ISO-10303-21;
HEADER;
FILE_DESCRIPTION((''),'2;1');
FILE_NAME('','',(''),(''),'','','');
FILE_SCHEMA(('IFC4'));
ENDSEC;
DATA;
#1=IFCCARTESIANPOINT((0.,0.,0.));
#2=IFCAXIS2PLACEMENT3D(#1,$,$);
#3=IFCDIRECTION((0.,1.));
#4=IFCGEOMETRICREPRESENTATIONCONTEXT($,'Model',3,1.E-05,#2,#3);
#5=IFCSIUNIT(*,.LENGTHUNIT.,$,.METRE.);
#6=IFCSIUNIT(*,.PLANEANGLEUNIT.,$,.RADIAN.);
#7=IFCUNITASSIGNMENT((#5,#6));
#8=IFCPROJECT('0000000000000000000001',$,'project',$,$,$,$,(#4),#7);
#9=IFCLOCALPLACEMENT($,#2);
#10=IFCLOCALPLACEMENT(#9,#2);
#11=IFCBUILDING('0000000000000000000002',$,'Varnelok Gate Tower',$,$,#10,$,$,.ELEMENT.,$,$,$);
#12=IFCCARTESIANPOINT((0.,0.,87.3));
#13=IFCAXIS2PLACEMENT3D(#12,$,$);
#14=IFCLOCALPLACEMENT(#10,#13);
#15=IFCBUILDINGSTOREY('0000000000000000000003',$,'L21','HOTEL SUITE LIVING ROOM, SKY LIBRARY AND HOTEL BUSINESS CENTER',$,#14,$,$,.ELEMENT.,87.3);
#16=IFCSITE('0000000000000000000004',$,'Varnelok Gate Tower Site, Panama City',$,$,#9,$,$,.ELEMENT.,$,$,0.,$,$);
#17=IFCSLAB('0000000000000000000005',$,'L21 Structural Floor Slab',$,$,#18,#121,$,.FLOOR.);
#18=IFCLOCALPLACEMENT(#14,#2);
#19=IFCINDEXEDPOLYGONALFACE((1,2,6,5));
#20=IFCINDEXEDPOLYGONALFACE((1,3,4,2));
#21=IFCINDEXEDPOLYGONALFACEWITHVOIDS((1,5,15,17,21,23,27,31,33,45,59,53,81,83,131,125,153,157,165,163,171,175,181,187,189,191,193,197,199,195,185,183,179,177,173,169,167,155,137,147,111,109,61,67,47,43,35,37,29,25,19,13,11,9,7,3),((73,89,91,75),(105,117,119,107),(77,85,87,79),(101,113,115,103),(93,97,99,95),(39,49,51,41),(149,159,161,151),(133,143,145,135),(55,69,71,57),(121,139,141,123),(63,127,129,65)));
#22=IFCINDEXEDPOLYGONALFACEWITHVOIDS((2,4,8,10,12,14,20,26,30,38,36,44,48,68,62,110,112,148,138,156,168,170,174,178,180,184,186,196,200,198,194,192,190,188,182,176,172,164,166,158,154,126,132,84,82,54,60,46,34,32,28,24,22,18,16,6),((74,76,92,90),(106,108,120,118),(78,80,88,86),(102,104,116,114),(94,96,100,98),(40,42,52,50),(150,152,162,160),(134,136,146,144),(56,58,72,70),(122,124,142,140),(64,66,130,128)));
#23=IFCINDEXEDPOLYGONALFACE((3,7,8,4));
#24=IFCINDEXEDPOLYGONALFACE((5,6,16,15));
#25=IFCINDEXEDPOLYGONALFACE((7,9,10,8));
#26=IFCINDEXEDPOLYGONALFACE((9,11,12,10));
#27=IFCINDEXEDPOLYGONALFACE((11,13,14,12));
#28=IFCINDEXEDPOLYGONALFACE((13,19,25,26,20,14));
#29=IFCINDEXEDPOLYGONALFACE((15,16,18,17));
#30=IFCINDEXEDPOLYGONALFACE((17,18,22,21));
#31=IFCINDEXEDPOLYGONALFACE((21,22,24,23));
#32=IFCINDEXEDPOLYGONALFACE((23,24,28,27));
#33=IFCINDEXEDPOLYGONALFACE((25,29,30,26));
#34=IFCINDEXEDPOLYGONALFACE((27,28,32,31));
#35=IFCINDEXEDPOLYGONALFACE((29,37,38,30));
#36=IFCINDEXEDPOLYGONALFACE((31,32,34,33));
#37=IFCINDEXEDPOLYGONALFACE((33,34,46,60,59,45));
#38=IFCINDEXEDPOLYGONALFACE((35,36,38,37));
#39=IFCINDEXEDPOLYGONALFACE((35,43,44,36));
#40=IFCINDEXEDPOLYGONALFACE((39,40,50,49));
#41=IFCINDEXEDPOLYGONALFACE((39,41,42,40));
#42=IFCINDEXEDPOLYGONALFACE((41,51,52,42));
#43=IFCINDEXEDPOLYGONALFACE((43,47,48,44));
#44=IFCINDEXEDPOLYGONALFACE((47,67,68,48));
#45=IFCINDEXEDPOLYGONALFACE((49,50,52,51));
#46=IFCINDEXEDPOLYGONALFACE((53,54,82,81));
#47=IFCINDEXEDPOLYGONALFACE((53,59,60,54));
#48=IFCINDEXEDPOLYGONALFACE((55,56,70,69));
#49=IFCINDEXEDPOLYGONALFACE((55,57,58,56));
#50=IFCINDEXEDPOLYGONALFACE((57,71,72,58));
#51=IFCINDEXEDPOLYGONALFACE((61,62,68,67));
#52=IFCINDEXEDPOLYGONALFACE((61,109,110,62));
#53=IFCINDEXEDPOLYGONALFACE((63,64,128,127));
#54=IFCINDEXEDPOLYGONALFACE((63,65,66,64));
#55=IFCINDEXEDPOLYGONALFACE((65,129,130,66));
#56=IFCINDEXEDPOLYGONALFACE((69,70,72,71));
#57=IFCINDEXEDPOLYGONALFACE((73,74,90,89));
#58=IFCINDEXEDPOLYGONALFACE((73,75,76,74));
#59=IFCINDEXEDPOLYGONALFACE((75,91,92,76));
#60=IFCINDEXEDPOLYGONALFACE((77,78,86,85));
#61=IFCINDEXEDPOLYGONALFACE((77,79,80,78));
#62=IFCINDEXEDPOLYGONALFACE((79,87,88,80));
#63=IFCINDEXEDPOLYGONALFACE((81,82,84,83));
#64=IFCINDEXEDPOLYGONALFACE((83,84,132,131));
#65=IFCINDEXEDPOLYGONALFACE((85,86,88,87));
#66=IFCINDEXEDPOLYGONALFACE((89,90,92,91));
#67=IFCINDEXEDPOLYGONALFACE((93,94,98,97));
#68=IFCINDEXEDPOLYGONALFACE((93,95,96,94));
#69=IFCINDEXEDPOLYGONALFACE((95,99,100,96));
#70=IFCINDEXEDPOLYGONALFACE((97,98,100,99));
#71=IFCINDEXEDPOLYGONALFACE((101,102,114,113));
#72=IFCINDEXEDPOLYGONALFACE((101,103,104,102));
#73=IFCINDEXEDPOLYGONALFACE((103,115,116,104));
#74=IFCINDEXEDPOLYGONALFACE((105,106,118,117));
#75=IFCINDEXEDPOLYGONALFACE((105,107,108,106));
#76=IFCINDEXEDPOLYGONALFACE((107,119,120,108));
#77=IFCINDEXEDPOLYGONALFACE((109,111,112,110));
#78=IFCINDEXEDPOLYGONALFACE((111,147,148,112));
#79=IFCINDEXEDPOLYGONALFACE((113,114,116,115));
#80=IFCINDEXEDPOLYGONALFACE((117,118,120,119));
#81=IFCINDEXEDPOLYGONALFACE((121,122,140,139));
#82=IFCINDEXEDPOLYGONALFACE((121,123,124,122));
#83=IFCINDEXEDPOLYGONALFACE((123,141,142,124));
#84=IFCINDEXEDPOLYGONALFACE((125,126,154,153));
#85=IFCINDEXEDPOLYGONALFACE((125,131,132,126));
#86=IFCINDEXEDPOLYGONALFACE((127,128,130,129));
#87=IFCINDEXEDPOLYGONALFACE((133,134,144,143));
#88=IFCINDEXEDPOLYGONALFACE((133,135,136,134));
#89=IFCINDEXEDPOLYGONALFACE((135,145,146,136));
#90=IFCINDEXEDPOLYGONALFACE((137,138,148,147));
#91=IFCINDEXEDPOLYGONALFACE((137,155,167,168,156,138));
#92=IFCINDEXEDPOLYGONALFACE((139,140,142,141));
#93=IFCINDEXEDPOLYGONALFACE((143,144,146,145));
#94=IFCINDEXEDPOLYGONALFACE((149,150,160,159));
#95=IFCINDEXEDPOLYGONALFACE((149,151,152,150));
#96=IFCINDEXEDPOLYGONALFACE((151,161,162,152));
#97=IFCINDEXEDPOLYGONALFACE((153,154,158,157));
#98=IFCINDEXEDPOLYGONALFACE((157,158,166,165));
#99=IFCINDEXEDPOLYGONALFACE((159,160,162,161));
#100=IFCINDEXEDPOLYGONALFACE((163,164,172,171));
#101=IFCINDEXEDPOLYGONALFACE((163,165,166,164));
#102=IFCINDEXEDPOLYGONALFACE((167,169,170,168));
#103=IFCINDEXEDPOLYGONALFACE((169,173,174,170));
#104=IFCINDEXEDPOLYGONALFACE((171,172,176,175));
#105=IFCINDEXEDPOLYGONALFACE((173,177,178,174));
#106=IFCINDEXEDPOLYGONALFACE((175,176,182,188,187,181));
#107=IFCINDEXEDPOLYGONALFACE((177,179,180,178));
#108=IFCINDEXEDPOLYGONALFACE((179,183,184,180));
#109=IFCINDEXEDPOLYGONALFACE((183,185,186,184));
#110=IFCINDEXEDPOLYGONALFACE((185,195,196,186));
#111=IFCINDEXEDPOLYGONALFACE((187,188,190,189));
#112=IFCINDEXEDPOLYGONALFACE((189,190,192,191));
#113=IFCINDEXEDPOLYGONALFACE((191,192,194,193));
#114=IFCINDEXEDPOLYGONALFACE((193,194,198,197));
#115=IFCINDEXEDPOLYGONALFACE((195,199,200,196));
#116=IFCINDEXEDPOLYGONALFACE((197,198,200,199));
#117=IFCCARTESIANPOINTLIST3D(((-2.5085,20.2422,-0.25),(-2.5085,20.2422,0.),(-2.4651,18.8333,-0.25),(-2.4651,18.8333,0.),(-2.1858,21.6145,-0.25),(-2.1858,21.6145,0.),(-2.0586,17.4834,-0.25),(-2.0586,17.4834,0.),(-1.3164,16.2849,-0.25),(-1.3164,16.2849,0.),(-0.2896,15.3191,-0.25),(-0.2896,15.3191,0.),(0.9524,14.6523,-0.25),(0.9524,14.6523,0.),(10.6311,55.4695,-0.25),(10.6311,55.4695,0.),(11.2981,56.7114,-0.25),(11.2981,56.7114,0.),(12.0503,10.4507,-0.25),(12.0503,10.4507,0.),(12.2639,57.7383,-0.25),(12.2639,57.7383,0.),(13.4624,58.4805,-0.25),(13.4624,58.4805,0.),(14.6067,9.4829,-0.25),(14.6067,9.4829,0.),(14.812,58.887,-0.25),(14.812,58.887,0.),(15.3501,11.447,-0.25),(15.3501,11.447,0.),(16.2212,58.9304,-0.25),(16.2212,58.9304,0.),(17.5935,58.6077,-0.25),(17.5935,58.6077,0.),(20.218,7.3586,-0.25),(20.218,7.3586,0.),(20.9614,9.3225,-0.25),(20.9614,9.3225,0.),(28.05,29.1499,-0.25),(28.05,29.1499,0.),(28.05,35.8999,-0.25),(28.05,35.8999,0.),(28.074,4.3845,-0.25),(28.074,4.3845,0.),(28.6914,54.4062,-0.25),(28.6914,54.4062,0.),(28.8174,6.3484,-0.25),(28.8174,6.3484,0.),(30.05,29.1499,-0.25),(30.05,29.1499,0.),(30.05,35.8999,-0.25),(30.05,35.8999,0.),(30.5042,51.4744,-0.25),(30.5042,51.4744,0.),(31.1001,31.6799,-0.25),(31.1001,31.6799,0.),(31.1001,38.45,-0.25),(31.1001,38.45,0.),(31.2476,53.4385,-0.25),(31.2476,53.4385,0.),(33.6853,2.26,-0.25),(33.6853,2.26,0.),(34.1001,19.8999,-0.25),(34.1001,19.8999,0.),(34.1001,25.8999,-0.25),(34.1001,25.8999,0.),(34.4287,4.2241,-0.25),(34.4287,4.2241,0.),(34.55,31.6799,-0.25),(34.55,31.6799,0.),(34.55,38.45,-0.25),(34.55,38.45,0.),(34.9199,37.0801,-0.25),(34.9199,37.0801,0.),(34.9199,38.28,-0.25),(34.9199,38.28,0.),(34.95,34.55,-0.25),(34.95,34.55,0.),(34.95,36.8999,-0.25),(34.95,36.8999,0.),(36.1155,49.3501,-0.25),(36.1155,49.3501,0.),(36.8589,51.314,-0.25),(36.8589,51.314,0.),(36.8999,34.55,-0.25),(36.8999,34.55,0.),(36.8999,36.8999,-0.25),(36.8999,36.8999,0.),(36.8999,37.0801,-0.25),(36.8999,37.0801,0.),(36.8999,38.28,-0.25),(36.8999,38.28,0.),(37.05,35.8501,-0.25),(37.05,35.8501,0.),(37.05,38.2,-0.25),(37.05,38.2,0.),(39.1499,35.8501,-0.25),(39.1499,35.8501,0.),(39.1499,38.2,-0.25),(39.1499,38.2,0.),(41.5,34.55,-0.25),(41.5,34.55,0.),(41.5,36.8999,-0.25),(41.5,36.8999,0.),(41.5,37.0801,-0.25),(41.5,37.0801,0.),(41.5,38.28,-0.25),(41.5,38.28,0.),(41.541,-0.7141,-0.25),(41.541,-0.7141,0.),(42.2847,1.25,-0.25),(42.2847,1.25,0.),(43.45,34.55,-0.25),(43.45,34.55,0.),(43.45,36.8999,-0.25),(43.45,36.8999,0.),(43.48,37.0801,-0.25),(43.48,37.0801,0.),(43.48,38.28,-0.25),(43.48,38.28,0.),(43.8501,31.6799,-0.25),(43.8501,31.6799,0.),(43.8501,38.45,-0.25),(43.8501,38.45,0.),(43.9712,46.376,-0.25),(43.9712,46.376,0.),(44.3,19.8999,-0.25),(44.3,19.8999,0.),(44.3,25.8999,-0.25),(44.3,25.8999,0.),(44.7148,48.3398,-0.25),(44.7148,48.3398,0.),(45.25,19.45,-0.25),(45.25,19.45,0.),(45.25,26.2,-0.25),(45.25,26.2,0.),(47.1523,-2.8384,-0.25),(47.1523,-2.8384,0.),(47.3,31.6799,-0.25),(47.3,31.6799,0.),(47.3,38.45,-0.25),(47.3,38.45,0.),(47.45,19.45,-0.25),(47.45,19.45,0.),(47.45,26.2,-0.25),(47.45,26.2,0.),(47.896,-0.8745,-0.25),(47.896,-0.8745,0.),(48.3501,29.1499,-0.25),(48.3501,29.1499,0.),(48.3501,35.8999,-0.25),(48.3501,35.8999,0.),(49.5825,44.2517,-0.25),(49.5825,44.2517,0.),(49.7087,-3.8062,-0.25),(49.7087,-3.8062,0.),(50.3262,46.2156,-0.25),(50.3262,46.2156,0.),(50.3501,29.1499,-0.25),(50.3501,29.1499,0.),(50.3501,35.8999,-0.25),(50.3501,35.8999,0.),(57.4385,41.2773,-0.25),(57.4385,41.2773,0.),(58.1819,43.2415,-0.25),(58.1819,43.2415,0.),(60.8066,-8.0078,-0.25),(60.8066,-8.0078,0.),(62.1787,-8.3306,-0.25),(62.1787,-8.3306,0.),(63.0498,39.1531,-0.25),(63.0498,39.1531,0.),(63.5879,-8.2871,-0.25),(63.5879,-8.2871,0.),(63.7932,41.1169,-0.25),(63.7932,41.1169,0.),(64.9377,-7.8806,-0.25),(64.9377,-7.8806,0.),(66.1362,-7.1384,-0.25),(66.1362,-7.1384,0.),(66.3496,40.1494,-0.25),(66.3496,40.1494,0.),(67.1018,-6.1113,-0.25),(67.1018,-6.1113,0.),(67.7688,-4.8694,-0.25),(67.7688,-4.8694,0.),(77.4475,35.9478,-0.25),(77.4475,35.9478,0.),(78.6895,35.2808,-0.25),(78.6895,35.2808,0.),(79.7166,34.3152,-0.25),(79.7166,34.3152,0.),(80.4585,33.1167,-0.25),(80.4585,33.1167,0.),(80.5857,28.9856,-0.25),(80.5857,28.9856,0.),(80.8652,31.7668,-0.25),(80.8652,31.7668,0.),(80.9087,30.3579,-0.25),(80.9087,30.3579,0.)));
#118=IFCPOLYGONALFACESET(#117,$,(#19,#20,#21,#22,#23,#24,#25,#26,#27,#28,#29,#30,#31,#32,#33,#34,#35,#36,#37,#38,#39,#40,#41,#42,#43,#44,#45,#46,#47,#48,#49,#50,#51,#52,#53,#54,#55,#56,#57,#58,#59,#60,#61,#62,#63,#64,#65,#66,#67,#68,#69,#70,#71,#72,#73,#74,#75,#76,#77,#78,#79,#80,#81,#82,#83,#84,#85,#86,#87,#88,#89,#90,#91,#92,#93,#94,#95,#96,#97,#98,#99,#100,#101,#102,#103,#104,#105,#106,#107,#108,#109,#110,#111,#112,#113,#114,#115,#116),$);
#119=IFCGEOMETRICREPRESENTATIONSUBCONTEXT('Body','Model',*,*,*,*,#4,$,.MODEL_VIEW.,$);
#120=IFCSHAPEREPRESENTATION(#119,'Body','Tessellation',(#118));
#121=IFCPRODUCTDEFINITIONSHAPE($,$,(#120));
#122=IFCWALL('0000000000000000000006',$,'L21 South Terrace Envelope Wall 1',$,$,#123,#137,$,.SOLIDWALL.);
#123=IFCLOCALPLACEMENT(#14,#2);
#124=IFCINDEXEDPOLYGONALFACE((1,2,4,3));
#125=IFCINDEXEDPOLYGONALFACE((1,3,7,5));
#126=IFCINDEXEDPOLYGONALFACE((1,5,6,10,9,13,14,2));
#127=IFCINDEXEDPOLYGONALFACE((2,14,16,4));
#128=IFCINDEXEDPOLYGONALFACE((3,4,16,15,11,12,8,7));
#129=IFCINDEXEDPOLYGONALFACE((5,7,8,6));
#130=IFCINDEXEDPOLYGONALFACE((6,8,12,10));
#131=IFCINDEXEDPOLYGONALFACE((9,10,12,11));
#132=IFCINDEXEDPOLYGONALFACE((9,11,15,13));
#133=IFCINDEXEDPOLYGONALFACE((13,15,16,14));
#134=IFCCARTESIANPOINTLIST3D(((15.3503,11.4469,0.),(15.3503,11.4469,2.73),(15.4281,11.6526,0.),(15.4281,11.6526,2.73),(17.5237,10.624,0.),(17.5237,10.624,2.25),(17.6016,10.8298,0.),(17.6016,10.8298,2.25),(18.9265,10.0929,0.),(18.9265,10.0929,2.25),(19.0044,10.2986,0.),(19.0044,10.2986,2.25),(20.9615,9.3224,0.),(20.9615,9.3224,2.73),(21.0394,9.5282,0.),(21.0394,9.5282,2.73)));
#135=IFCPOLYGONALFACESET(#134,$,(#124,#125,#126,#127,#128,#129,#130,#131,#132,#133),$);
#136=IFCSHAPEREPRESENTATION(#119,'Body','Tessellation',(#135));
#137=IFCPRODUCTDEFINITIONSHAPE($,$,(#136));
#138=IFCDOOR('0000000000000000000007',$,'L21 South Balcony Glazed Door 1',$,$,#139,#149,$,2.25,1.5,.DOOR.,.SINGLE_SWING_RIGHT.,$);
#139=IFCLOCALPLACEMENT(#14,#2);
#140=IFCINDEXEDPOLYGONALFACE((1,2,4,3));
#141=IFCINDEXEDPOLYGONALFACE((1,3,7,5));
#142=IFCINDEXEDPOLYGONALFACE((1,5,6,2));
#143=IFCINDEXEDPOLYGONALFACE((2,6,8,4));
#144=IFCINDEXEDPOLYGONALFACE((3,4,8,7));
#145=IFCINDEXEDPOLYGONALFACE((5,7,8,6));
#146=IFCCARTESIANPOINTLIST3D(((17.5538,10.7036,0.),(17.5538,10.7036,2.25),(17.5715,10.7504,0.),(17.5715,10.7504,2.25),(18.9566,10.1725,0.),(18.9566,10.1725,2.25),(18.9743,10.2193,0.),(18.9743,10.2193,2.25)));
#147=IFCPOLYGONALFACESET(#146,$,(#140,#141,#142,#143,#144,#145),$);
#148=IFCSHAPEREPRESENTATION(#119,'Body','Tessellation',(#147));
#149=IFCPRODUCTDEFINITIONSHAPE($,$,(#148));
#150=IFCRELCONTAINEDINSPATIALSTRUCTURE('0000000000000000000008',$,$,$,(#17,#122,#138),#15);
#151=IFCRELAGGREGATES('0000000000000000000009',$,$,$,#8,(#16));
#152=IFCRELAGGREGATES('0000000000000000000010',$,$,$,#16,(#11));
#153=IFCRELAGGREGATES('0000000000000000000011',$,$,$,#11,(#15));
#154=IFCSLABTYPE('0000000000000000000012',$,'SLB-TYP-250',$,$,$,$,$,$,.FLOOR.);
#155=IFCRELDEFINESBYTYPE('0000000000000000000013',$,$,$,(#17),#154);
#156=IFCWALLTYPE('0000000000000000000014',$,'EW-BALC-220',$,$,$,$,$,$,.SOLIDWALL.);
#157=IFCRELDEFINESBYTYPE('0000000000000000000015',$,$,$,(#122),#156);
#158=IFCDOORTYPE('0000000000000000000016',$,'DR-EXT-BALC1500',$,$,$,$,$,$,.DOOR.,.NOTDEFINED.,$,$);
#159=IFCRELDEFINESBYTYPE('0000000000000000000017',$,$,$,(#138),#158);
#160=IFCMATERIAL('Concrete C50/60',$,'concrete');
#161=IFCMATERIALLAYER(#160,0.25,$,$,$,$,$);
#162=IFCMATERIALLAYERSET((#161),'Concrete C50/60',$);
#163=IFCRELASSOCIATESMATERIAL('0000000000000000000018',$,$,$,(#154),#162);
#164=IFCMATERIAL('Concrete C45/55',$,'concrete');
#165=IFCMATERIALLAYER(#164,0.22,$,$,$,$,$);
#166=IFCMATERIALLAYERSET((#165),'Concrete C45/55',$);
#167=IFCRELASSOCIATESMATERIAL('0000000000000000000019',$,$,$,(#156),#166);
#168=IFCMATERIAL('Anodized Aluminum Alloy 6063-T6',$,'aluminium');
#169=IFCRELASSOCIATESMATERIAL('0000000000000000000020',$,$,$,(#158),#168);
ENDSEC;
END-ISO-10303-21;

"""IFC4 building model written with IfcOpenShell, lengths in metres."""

from ifc_helpers import new_model, si_unit, direction, frame, frame_2d, origin, place, context, subcontext, project, spatial, polyline, rectangle, outline, extrude, material, layer, layer_set, type_object, element, fill, save


model = new_model("IFC4")

# Units and contexts
model_context = context("Model", 3, precision=1e-05, world=origin(), true_north=direction((0.0, 1.0)))
body_context = subcontext(model_context, "Body", "Model", "MODEL_VIEW")
ifc_project = project(units=[si_unit("LENGTHUNIT", "METRE"), si_unit("PLANEANGLEUNIT", "RADIAN")], contexts=[model_context])

# Site, building, storey
site_placement = place(None, origin())
site = spatial("IfcSite", under=ifc_project, at=site_placement, Name="Varnelok Gate Tower Site, Panama City", CompositionType="ELEMENT", RefElevation=0.0)
building_placement = place(site_placement, origin())
building = spatial("IfcBuilding", under=site, at=building_placement, Name="Varnelok Gate Tower", CompositionType="ELEMENT")
storey_placement = place(building_placement, frame((0.0, 0.0, 87.3)))
storey = spatial("IfcBuildingStorey", under=building, at=storey_placement, Name="L21", Description="HOTEL SUITE LIVING ROOM, SKY LIBRARY AND HOTEL BUSINESS CENTER", CompositionType="ELEMENT", Elevation=87.3)

# Shared definitions
ifc_material_1 = material(Name="Concrete C45/55", Category="concrete")

# Shared definitions
ifc_material_2 = material(Name="Concrete C50/60", Category="concrete")

# Slab
ifc_layer_1 = layer(ifc_material_2, 0.25)
ifc_layer_set_1 = layer_set([ifc_layer_1], Name="Concrete C50/60")
slab_type_1 = type_object("IfcSlabType", Name="SLB-TYP-250", PredefinedType="FLOOR", material=ifc_layer_set_1)
slab_1_placement = place(storey_placement, frame((0.0, 0.0, -0.25)))
element("IfcSlab", 1, at=slab_1_placement, inside=storey, type_object=slab_type_1, Name="L21 Structural Floor Slab", PredefinedType="FLOOR", context=body_context, shape_type="SweptSolid", body=[
    extrude(outline(polyline([(-2.1858, 21.6145), (-2.5085, 20.2422), (-2.4651, 18.8333), (-2.0586, 17.4834), (-1.3164, 16.2849), (-0.2896, 15.3191), (0.9524, 14.6523), (12.0503, 10.4507), (14.6067, 9.4829), (15.3501, 11.447), (20.9614, 9.3225), (20.218, 7.3586), (28.074, 4.3845), (28.8174, 6.3484), (34.4287, 4.2241), (33.6853, 2.26), (41.541, -0.7141), (42.2847, 1.25), (47.896, -0.8745), (47.1523, -2.8384), (49.7087, -3.8062), (60.8066, -8.0078), (62.1787, -8.3306), (63.5879, -8.2871), (64.9377, -7.8806), (66.1362, -7.1384), (67.1018, -6.1113), (67.7688, -4.8694), (80.5857, 28.9856), (80.9087, 30.3579), (80.8652, 31.7668), (80.4585, 33.1167), (79.7166, 34.3152), (78.6895, 35.2808), (77.4475, 35.9478), (66.3496, 40.1494), (63.7932, 41.1169), (63.0498, 39.1531), (57.4385, 41.2773), (58.1819, 43.2415), (50.3262, 46.2156), (49.5825, 44.2517), (43.9712, 46.376), (44.7148, 48.3398), (36.8589, 51.314), (36.1155, 49.3501), (30.5042, 51.4744), (31.2476, 53.4385), (28.6914, 54.4062), (17.5935, 58.6077), (16.2212, 58.9304), (14.812, 58.887), (13.4624, 58.4805), (12.2639, 57.7383), (11.2981, 56.7114), (10.6311, 55.4695), (-2.1858, 21.6145)]), holes=[polyline([(34.55, 31.6799), (34.55, 38.45), (31.1001, 38.45), (31.1001, 31.6799), (34.55, 31.6799)]), polyline([(47.3, 31.6799), (47.3, 38.45), (43.8501, 38.45), (43.8501, 31.6799), (47.3, 31.6799)]), polyline([(34.95, 34.55), (36.8999, 34.55), (36.8999, 36.8999), (34.95, 36.8999), (34.95, 34.55)]), polyline([(41.5, 34.55), (43.45, 34.55), (43.45, 36.8999), (41.5, 36.8999), (41.5, 34.55)]), polyline([(37.05, 35.8501), (39.1499, 35.8501), (39.1499, 38.2), (37.05, 38.2), (37.05, 35.8501)]), polyline([(28.05, 29.1499), (30.05, 29.1499), (30.05, 35.8999), (28.05, 35.8999), (28.05, 29.1499)]), polyline([(48.3501, 29.1499), (50.3501, 29.1499), (50.3501, 35.8999), (48.3501, 35.8999), (48.3501, 29.1499)]), polyline([(45.25, 19.45), (47.45, 19.45), (47.45, 26.2), (45.25, 26.2), (45.25, 19.45)]), polyline([(34.9199, 37.0801), (36.8999, 37.0801), (36.8999, 38.28), (34.9199, 38.28), (34.9199, 37.0801)]), polyline([(41.5, 37.0801), (43.48, 37.0801), (43.48, 38.28), (41.5, 38.28), (41.5, 37.0801)]), polyline([(34.1001, 19.8999), (44.3, 19.8999), (44.3, 25.8999), (34.1001, 25.8999), (34.1001, 19.8999)])]), origin(), (0.0, 0.0, 1.0), 0.25),
])

# Wall, opening, door
ifc_layer_2 = layer(ifc_material_1, 0.22)
ifc_layer_set_2 = layer_set([ifc_layer_2], Name="Concrete C45/55")
wall_type_1 = type_object("IfcWallType", Name="EW-BALC-220", PredefinedType="SOLIDWALL", material=ifc_layer_set_2)
wall_1_placement = place(storey_placement, frame((21.0005, 9.4253, 0.0), z_axis=(0.0, 0.0, 1.0), x_axis=(-0.935214, 0.354083, 0.0)))
wall_1 = element("IfcWall", 2, at=wall_1_placement, inside=storey, type_object=wall_type_1, Name="L21 South Terrace Envelope Wall 1", PredefinedType="SOLIDWALL", context=body_context, shape_type="SweptSolid", body=[
    extrude(rectangle(XDim=6.0, YDim=0.22, at=frame_2d((3.0, 0.0))), origin(), (0.0, 0.0, 1.0), 2.73),
])
opening_1_placement = place(wall_1_placement, frame((2.176, 0.0, 0.0)))
opening_1 = element("IfcOpeningElement", 3, at=opening_1_placement, cuts=wall_1, PredefinedType="OPENING", context=body_context, shape_type="SweptSolid", body=[
    extrude(rectangle(XDim=1.5, YDim=2.25, at=frame_2d((0.75, 1.125))), frame((0.0, 0.1199, 0.0), z_axis=(0.0, -1.0, 0.0), x_axis=(1.0, 0.0, 0.0)), (0.0, 0.0, 1.0), 0.24),
])
ifc_material_3 = material(Name="Anodized Aluminum Alloy 6063-T6", Category="aluminium")
door_type_1 = type_object("IfcDoorType", Name="DR-EXT-BALC1500", OperationType="NOTDEFINED", PredefinedType="DOOR", material=ifc_material_3)
door_1_placement = place(opening_1_placement, origin())
door_1 = element("IfcDoor", 4, at=door_1_placement, inside=storey, type_object=door_type_1, Name="L21 South Balcony Glazed Door 1", OperationType="SINGLE_SWING_RIGHT", OverallHeight=2.25, OverallWidth=1.5, PredefinedType="DOOR", context=body_context, shape_type="SweptSolid", body=[
    extrude(rectangle(XDim=1.5, YDim=2.25, at=frame_2d((0.75, 1.125))), frame((0.0, 0.0249, 0.0), z_axis=(0.0, -1.0, 0.0), x_axis=(1.0, 0.0, 0.0)), (0.0, 0.0, 1.0), 0.05),
])
fill(opening_1, door_1)

save(model, "model.ifc")
